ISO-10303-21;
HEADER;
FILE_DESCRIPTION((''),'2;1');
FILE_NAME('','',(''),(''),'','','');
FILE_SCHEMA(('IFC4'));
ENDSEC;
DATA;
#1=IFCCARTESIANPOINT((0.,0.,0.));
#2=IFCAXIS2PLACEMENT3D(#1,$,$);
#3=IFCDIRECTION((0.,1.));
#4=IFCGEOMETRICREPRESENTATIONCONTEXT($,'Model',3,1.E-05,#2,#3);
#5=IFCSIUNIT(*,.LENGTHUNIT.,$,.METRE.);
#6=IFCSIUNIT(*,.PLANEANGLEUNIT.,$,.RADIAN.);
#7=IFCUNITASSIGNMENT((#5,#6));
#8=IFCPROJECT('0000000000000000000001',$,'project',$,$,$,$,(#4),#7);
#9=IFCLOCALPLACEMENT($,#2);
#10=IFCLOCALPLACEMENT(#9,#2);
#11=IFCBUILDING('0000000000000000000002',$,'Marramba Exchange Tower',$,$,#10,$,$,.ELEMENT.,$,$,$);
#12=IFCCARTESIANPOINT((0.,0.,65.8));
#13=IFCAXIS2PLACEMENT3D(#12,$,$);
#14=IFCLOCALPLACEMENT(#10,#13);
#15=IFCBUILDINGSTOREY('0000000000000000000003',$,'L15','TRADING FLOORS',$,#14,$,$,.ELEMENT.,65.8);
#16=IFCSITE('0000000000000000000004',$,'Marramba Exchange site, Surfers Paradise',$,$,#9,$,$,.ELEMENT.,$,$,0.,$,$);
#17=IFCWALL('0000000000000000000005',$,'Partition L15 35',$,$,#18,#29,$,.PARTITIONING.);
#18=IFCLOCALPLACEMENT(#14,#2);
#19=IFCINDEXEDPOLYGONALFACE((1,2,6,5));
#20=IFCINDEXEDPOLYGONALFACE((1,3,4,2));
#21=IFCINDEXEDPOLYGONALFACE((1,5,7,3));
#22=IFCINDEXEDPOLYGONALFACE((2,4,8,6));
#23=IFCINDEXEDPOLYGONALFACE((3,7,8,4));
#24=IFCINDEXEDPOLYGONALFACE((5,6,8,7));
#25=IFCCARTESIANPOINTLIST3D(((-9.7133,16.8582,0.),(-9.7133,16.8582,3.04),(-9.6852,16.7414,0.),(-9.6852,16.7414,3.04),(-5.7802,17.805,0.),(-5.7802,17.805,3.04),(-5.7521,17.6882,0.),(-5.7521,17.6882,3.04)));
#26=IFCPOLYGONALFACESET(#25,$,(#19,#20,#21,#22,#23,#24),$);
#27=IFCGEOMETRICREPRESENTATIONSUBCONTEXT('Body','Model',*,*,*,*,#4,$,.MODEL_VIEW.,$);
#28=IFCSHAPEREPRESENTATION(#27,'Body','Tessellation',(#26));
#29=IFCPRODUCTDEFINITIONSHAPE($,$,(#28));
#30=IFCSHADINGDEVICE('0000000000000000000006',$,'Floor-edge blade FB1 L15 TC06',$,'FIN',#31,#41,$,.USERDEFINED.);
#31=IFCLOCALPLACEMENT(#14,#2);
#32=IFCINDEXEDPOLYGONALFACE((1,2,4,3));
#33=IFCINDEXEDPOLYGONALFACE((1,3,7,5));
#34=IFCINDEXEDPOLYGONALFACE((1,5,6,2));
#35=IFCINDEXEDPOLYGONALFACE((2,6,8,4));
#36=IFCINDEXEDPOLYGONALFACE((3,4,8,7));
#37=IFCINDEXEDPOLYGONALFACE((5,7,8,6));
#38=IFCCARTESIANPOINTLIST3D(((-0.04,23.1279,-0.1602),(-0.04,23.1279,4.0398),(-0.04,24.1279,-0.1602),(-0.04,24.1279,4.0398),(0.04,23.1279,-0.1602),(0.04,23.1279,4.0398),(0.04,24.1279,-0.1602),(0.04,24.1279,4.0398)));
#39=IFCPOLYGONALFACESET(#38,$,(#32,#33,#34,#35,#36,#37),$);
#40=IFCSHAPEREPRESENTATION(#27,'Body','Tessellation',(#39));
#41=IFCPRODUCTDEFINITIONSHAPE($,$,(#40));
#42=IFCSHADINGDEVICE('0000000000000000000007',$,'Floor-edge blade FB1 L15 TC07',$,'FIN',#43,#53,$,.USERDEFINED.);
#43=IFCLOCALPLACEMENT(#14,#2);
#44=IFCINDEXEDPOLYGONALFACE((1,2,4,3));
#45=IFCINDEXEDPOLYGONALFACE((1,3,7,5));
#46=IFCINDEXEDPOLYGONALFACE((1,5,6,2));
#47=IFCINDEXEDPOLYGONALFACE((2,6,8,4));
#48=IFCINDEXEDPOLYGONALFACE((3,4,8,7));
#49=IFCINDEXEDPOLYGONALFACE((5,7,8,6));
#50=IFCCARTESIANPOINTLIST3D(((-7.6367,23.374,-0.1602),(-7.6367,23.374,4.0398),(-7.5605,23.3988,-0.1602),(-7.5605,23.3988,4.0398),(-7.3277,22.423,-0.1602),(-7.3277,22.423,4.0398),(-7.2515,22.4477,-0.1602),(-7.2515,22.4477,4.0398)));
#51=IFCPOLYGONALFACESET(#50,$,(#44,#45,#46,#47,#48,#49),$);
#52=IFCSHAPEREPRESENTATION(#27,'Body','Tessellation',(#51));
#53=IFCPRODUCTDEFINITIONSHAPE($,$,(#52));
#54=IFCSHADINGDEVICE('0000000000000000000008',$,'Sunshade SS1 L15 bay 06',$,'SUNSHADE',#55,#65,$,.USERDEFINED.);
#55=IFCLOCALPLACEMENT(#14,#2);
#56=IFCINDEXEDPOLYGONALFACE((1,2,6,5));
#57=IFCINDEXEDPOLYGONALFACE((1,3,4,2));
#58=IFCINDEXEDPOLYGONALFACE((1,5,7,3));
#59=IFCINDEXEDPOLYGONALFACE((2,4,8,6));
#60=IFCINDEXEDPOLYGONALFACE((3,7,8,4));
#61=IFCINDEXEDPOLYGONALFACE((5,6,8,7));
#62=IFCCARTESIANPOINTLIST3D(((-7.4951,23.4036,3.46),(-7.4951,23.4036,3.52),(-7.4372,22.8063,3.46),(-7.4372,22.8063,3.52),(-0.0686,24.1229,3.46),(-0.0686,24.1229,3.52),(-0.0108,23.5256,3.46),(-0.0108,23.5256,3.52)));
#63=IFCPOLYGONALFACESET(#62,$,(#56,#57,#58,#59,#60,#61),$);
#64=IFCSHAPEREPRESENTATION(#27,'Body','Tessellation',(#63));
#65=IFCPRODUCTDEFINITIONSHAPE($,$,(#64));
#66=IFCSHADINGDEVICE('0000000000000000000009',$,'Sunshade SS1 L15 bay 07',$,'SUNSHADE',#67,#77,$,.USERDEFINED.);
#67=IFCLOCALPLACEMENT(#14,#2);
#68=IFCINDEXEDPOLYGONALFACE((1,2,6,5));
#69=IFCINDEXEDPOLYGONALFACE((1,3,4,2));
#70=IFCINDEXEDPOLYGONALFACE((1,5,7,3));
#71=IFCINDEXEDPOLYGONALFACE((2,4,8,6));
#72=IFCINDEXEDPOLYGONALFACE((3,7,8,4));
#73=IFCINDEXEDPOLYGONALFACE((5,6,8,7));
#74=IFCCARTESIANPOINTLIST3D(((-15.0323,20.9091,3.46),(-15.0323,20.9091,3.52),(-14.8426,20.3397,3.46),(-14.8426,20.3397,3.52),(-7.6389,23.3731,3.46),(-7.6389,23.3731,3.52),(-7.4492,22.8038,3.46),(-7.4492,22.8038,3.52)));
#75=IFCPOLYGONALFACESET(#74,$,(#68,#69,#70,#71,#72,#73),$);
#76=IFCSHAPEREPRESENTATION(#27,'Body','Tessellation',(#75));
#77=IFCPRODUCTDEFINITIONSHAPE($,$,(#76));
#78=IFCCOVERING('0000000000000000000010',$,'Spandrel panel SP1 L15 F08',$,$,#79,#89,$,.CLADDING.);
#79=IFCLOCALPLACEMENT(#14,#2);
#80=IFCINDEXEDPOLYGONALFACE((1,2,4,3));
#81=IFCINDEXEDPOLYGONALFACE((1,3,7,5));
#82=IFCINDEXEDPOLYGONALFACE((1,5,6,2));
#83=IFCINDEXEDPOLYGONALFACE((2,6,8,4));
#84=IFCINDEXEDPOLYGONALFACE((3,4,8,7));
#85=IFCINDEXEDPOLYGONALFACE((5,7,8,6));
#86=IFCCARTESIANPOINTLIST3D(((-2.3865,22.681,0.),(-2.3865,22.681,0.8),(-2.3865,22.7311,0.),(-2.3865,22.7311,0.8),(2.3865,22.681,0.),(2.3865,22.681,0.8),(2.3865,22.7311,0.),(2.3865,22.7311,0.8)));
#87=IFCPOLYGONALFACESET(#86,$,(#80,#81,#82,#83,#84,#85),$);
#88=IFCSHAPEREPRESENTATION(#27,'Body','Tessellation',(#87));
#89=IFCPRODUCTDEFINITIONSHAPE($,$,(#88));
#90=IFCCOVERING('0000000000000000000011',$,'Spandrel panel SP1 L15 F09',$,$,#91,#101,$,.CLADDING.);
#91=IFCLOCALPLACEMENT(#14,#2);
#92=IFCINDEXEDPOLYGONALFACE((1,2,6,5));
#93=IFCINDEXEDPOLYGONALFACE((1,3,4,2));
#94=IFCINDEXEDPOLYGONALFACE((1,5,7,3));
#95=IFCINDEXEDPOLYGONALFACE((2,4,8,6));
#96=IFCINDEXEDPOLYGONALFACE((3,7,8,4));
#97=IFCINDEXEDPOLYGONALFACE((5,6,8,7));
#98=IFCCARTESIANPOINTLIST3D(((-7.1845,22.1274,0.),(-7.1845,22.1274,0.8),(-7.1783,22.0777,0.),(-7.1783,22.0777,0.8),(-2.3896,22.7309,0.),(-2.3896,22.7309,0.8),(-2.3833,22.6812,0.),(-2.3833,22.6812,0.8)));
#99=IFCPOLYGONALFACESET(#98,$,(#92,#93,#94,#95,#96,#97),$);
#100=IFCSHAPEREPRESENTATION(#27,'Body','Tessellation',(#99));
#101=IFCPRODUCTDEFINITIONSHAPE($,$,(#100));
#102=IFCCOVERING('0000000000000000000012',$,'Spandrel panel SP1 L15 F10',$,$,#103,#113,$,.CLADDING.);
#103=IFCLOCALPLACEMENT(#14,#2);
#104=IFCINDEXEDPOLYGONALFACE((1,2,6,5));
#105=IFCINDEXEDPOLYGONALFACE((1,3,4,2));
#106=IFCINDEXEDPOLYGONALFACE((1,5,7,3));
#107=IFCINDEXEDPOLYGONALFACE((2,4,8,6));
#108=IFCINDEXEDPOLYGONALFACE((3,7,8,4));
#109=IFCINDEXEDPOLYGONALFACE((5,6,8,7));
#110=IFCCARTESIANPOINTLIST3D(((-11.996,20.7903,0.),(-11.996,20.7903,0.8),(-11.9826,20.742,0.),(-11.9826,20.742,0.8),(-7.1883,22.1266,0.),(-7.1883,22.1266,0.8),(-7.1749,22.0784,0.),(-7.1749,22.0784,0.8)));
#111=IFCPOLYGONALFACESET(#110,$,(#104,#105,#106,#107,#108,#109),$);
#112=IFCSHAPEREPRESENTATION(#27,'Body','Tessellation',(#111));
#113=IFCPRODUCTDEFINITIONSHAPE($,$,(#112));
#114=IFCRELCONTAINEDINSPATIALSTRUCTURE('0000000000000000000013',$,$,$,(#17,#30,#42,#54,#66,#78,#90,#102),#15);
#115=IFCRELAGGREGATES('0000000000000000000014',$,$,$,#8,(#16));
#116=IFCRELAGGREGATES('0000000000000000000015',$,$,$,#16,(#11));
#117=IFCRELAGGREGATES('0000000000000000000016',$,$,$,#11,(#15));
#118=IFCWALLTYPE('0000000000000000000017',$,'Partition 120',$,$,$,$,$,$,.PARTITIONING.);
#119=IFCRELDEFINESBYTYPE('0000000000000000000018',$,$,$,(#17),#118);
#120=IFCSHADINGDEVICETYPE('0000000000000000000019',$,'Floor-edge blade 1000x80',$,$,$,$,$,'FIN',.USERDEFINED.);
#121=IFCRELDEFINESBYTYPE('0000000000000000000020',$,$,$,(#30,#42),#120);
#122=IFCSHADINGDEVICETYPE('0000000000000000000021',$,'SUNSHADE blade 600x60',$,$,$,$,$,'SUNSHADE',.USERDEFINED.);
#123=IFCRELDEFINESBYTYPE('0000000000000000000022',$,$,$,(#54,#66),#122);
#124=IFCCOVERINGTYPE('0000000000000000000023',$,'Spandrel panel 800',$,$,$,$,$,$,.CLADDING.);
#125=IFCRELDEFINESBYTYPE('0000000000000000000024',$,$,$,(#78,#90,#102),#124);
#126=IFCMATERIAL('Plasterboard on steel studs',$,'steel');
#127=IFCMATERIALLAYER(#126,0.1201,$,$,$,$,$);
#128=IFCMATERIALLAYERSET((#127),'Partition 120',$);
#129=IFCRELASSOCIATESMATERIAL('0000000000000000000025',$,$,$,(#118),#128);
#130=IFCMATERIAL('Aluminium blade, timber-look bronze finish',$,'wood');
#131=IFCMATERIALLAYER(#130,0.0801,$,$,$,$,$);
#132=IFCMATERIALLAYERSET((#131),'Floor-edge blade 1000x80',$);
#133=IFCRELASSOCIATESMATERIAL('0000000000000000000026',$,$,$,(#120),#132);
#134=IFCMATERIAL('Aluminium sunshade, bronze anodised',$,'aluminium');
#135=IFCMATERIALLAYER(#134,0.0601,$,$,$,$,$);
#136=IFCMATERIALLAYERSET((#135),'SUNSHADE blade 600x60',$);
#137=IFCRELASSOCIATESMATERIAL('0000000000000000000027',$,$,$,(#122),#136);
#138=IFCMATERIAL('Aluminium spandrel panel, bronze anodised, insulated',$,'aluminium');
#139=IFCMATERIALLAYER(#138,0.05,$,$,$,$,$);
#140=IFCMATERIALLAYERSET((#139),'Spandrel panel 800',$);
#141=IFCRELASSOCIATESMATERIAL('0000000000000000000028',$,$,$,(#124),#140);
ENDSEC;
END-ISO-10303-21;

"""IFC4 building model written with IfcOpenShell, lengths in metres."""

from ifc_helpers import new_model, si_unit, direction, frame, frame_2d, origin, origin_2d, place, context, subcontext, project, spatial, rectangle, extrude, material, layer, layer_set, type_object, element, save


model = new_model("IFC4")

# Units and contexts
model_context = context("Model", 3, precision=1e-05, world=origin(), true_north=direction((0.0, 1.0)))
body_context = subcontext(model_context, "Body", "Model", "MODEL_VIEW")
ifc_project = project(units=[si_unit("LENGTHUNIT", "METRE"), si_unit("PLANEANGLEUNIT", "RADIAN")], contexts=[model_context])

# Site, building, storey
site_placement = place(None, origin())
site = spatial("IfcSite", under=ifc_project, at=site_placement, Name="Marramba Exchange site, Surfers Paradise", CompositionType="ELEMENT", RefElevation=0.0)
building_placement = place(site_placement, origin())
building = spatial("IfcBuilding", under=site, at=building_placement, Name="Marramba Exchange Tower", CompositionType="ELEMENT")
storey_placement = place(building_placement, frame((0.0, 0.0, 65.8)))
storey = spatial("IfcBuildingStorey", under=building, at=storey_placement, Name="L15", Description="TRADING FLOORS", CompositionType="ELEMENT", Elevation=65.8)

# Shared definitions
ifc_material_1 = material(Name="Plasterboard on steel studs", Category="steel")
ifc_layer_1 = layer(ifc_material_1, 0.1201)
ifc_layer_set_1 = layer_set([ifc_layer_1], Name="Partition 120")
wall_type = type_object("IfcWallType", Name="Partition 120", PredefinedType="PARTITIONING", material=ifc_layer_set_1)

# Wall
wall_1_placement = place(storey_placement, frame((-9.6992, 16.7998, 0.0), z_axis=(0.0, 0.0, 1.0), x_axis=(0.972228, 0.234035, 0.0)))
element("IfcWall", 1, at=wall_1_placement, inside=storey, type_object=wall_type, Name="Partition L15 35", PredefinedType="PARTITIONING", context=body_context, shape_type="SweptSolid", body=[
    extrude(rectangle(XDim=4.0454, YDim=0.1201, at=frame_2d((2.0227, 0.0))), origin(), (0.0, 0.0, 1.0), 3.04),
])

# Shading devices
ifc_material_2 = material(Name="Aluminium blade, timber-look bronze finish", Category="wood")
ifc_layer_2 = layer(ifc_material_2, 0.0801)
ifc_layer_set_2 = layer_set([ifc_layer_2], Name="Floor-edge blade 1000x80")
shading_device_type_1 = type_object("IfcShadingDeviceType", Name="Floor-edge blade 1000x80", ElementType="FIN", PredefinedType="USERDEFINED", material=ifc_layer_set_2)
for number, where, z_axis, x_axis, name in (
    (2, (0.0, 23.6279, -0.1602), (0.0, 0.0, 1.0), (0.0, 1.0, 0.0), "Floor-edge blade FB1 L15 TC06"),
    (3, (-7.4441, 22.9109, -0.1602), (0.0, 0.0, 1.0), (-0.309017, 0.951057, 0.0), "Floor-edge blade FB1 L15 TC07"),
):
    element("IfcShadingDevice", number, at=place(storey_placement, frame(where, z_axis=z_axis, x_axis=x_axis)), inside=storey, type_object=shading_device_type_1, Name=name, ObjectType="FIN", PredefinedType="USERDEFINED", context=body_context, shape_type="SweptSolid", body=[
        extrude(rectangle(XDim=1.0, YDim=0.0801, at=origin_2d()), origin(), (0.0, 0.0, 1.0), 4.2),
    ])
ifc_material_3 = material(Name="Aluminium sunshade, bronze anodised", Category="aluminium")
ifc_layer_3 = layer(ifc_material_3, 0.0601)
ifc_layer_set_3 = layer_set([ifc_layer_3], Name="SUNSHADE blade 600x60")
shading_device_type_2 = type_object("IfcShadingDeviceType", Name="SUNSHADE blade 600x60", ElementType="SUNSHADE", PredefinedType="USERDEFINED", material=ifc_layer_set_3)
shading_device_1_placement = place(storey_placement, frame((-3.7529, 23.4646, 3.46), z_axis=(0.0, 0.0, 1.0), x_axis=(-0.995343, -0.096398, 0.0)))
element("IfcShadingDevice", 4, at=shading_device_1_placement, inside=storey, type_object=shading_device_type_2, Name="Sunshade SS1 L15 bay 06", ObjectType="SUNSHADE", PredefinedType="USERDEFINED", context=body_context, shape_type="SweptSolid", body=[
    extrude(rectangle(XDim=7.4612, YDim=0.6001, at=origin_2d()), origin(), (0.0, 0.0, 1.0), 0.0601),
])
shading_device_2_placement = place(storey_placement, frame((-11.2407, 21.8564, 3.46), z_axis=(0.0, 0.0, 1.0), x_axis=(-0.948698, -0.316184, 0.0)))
element("IfcShadingDevice", 5, at=shading_device_2_placement, inside=storey, type_object=shading_device_type_2, Name="Sunshade SS1 L15 bay 07", ObjectType="SUNSHADE", PredefinedType="USERDEFINED", context=body_context, shape_type="SweptSolid", body=[
    extrude(rectangle(XDim=7.7932, YDim=0.6001, at=origin_2d()), origin(), (0.0, 0.0, 1.0), 0.0601),
])

# Coverings
ifc_material_4 = material(Name="Aluminium spandrel panel, bronze anodised, insulated", Category="aluminium")
ifc_layer_4 = layer(ifc_material_4, 0.05)
ifc_layer_set_4 = layer_set([ifc_layer_4], Name="Spandrel panel 800")
covering_type = type_object("IfcCoveringType", Name="Spandrel panel 800", PredefinedType="CLADDING", material=ifc_layer_set_4)
covering_1_placement = place(storey_placement, frame((0.0, 22.7061, 0.0), z_axis=(0.0, 0.0, 1.0), x_axis=(-1.0, 0.0, 0.0)))
element("IfcCovering", 6, at=covering_1_placement, inside=storey, type_object=covering_type, Name="Spandrel panel SP1 L15 F08", PredefinedType="CLADDING", context=body_context, shape_type="SweptSolid", body=[
    extrude(rectangle(XDim=4.7729, YDim=0.05, at=origin_2d()), origin(), (0.0, 0.0, 1.0), 0.8),
])
covering_2_placement = place(storey_placement, frame((-4.7839, 22.4043, 0.0), z_axis=(0.0, 0.0, 1.0), x_axis=(-0.992173, -0.124873, 0.0)))
element("IfcCovering", 7, at=covering_2_placement, inside=storey, type_object=covering_type, Name="Spandrel panel SP1 L15 F09", PredefinedType="CLADDING", context=body_context, shape_type="SweptSolid", body=[
    extrude(rectangle(XDim=4.8328, YDim=0.05, at=origin_2d()), origin(), (0.0, 0.0, 1.0), 0.8),
])
covering_3_placement = place(storey_placement, frame((-9.5854, 21.4343, 0.0), z_axis=(0.0, 0.0, 1.0), x_axis=(-0.963472, -0.267809, 0.0)))
element("IfcCovering", 8, at=covering_3_placement, inside=storey, type_object=covering_type, Name="Spandrel panel SP1 L15 F10", PredefinedType="CLADDING", context=body_context, shape_type="SweptSolid", body=[
    extrude(rectangle(XDim=4.99, YDim=0.05, at=origin_2d()), origin(), (0.0, 0.0, 1.0), 0.8),
])

save(model, "model.ifc")
